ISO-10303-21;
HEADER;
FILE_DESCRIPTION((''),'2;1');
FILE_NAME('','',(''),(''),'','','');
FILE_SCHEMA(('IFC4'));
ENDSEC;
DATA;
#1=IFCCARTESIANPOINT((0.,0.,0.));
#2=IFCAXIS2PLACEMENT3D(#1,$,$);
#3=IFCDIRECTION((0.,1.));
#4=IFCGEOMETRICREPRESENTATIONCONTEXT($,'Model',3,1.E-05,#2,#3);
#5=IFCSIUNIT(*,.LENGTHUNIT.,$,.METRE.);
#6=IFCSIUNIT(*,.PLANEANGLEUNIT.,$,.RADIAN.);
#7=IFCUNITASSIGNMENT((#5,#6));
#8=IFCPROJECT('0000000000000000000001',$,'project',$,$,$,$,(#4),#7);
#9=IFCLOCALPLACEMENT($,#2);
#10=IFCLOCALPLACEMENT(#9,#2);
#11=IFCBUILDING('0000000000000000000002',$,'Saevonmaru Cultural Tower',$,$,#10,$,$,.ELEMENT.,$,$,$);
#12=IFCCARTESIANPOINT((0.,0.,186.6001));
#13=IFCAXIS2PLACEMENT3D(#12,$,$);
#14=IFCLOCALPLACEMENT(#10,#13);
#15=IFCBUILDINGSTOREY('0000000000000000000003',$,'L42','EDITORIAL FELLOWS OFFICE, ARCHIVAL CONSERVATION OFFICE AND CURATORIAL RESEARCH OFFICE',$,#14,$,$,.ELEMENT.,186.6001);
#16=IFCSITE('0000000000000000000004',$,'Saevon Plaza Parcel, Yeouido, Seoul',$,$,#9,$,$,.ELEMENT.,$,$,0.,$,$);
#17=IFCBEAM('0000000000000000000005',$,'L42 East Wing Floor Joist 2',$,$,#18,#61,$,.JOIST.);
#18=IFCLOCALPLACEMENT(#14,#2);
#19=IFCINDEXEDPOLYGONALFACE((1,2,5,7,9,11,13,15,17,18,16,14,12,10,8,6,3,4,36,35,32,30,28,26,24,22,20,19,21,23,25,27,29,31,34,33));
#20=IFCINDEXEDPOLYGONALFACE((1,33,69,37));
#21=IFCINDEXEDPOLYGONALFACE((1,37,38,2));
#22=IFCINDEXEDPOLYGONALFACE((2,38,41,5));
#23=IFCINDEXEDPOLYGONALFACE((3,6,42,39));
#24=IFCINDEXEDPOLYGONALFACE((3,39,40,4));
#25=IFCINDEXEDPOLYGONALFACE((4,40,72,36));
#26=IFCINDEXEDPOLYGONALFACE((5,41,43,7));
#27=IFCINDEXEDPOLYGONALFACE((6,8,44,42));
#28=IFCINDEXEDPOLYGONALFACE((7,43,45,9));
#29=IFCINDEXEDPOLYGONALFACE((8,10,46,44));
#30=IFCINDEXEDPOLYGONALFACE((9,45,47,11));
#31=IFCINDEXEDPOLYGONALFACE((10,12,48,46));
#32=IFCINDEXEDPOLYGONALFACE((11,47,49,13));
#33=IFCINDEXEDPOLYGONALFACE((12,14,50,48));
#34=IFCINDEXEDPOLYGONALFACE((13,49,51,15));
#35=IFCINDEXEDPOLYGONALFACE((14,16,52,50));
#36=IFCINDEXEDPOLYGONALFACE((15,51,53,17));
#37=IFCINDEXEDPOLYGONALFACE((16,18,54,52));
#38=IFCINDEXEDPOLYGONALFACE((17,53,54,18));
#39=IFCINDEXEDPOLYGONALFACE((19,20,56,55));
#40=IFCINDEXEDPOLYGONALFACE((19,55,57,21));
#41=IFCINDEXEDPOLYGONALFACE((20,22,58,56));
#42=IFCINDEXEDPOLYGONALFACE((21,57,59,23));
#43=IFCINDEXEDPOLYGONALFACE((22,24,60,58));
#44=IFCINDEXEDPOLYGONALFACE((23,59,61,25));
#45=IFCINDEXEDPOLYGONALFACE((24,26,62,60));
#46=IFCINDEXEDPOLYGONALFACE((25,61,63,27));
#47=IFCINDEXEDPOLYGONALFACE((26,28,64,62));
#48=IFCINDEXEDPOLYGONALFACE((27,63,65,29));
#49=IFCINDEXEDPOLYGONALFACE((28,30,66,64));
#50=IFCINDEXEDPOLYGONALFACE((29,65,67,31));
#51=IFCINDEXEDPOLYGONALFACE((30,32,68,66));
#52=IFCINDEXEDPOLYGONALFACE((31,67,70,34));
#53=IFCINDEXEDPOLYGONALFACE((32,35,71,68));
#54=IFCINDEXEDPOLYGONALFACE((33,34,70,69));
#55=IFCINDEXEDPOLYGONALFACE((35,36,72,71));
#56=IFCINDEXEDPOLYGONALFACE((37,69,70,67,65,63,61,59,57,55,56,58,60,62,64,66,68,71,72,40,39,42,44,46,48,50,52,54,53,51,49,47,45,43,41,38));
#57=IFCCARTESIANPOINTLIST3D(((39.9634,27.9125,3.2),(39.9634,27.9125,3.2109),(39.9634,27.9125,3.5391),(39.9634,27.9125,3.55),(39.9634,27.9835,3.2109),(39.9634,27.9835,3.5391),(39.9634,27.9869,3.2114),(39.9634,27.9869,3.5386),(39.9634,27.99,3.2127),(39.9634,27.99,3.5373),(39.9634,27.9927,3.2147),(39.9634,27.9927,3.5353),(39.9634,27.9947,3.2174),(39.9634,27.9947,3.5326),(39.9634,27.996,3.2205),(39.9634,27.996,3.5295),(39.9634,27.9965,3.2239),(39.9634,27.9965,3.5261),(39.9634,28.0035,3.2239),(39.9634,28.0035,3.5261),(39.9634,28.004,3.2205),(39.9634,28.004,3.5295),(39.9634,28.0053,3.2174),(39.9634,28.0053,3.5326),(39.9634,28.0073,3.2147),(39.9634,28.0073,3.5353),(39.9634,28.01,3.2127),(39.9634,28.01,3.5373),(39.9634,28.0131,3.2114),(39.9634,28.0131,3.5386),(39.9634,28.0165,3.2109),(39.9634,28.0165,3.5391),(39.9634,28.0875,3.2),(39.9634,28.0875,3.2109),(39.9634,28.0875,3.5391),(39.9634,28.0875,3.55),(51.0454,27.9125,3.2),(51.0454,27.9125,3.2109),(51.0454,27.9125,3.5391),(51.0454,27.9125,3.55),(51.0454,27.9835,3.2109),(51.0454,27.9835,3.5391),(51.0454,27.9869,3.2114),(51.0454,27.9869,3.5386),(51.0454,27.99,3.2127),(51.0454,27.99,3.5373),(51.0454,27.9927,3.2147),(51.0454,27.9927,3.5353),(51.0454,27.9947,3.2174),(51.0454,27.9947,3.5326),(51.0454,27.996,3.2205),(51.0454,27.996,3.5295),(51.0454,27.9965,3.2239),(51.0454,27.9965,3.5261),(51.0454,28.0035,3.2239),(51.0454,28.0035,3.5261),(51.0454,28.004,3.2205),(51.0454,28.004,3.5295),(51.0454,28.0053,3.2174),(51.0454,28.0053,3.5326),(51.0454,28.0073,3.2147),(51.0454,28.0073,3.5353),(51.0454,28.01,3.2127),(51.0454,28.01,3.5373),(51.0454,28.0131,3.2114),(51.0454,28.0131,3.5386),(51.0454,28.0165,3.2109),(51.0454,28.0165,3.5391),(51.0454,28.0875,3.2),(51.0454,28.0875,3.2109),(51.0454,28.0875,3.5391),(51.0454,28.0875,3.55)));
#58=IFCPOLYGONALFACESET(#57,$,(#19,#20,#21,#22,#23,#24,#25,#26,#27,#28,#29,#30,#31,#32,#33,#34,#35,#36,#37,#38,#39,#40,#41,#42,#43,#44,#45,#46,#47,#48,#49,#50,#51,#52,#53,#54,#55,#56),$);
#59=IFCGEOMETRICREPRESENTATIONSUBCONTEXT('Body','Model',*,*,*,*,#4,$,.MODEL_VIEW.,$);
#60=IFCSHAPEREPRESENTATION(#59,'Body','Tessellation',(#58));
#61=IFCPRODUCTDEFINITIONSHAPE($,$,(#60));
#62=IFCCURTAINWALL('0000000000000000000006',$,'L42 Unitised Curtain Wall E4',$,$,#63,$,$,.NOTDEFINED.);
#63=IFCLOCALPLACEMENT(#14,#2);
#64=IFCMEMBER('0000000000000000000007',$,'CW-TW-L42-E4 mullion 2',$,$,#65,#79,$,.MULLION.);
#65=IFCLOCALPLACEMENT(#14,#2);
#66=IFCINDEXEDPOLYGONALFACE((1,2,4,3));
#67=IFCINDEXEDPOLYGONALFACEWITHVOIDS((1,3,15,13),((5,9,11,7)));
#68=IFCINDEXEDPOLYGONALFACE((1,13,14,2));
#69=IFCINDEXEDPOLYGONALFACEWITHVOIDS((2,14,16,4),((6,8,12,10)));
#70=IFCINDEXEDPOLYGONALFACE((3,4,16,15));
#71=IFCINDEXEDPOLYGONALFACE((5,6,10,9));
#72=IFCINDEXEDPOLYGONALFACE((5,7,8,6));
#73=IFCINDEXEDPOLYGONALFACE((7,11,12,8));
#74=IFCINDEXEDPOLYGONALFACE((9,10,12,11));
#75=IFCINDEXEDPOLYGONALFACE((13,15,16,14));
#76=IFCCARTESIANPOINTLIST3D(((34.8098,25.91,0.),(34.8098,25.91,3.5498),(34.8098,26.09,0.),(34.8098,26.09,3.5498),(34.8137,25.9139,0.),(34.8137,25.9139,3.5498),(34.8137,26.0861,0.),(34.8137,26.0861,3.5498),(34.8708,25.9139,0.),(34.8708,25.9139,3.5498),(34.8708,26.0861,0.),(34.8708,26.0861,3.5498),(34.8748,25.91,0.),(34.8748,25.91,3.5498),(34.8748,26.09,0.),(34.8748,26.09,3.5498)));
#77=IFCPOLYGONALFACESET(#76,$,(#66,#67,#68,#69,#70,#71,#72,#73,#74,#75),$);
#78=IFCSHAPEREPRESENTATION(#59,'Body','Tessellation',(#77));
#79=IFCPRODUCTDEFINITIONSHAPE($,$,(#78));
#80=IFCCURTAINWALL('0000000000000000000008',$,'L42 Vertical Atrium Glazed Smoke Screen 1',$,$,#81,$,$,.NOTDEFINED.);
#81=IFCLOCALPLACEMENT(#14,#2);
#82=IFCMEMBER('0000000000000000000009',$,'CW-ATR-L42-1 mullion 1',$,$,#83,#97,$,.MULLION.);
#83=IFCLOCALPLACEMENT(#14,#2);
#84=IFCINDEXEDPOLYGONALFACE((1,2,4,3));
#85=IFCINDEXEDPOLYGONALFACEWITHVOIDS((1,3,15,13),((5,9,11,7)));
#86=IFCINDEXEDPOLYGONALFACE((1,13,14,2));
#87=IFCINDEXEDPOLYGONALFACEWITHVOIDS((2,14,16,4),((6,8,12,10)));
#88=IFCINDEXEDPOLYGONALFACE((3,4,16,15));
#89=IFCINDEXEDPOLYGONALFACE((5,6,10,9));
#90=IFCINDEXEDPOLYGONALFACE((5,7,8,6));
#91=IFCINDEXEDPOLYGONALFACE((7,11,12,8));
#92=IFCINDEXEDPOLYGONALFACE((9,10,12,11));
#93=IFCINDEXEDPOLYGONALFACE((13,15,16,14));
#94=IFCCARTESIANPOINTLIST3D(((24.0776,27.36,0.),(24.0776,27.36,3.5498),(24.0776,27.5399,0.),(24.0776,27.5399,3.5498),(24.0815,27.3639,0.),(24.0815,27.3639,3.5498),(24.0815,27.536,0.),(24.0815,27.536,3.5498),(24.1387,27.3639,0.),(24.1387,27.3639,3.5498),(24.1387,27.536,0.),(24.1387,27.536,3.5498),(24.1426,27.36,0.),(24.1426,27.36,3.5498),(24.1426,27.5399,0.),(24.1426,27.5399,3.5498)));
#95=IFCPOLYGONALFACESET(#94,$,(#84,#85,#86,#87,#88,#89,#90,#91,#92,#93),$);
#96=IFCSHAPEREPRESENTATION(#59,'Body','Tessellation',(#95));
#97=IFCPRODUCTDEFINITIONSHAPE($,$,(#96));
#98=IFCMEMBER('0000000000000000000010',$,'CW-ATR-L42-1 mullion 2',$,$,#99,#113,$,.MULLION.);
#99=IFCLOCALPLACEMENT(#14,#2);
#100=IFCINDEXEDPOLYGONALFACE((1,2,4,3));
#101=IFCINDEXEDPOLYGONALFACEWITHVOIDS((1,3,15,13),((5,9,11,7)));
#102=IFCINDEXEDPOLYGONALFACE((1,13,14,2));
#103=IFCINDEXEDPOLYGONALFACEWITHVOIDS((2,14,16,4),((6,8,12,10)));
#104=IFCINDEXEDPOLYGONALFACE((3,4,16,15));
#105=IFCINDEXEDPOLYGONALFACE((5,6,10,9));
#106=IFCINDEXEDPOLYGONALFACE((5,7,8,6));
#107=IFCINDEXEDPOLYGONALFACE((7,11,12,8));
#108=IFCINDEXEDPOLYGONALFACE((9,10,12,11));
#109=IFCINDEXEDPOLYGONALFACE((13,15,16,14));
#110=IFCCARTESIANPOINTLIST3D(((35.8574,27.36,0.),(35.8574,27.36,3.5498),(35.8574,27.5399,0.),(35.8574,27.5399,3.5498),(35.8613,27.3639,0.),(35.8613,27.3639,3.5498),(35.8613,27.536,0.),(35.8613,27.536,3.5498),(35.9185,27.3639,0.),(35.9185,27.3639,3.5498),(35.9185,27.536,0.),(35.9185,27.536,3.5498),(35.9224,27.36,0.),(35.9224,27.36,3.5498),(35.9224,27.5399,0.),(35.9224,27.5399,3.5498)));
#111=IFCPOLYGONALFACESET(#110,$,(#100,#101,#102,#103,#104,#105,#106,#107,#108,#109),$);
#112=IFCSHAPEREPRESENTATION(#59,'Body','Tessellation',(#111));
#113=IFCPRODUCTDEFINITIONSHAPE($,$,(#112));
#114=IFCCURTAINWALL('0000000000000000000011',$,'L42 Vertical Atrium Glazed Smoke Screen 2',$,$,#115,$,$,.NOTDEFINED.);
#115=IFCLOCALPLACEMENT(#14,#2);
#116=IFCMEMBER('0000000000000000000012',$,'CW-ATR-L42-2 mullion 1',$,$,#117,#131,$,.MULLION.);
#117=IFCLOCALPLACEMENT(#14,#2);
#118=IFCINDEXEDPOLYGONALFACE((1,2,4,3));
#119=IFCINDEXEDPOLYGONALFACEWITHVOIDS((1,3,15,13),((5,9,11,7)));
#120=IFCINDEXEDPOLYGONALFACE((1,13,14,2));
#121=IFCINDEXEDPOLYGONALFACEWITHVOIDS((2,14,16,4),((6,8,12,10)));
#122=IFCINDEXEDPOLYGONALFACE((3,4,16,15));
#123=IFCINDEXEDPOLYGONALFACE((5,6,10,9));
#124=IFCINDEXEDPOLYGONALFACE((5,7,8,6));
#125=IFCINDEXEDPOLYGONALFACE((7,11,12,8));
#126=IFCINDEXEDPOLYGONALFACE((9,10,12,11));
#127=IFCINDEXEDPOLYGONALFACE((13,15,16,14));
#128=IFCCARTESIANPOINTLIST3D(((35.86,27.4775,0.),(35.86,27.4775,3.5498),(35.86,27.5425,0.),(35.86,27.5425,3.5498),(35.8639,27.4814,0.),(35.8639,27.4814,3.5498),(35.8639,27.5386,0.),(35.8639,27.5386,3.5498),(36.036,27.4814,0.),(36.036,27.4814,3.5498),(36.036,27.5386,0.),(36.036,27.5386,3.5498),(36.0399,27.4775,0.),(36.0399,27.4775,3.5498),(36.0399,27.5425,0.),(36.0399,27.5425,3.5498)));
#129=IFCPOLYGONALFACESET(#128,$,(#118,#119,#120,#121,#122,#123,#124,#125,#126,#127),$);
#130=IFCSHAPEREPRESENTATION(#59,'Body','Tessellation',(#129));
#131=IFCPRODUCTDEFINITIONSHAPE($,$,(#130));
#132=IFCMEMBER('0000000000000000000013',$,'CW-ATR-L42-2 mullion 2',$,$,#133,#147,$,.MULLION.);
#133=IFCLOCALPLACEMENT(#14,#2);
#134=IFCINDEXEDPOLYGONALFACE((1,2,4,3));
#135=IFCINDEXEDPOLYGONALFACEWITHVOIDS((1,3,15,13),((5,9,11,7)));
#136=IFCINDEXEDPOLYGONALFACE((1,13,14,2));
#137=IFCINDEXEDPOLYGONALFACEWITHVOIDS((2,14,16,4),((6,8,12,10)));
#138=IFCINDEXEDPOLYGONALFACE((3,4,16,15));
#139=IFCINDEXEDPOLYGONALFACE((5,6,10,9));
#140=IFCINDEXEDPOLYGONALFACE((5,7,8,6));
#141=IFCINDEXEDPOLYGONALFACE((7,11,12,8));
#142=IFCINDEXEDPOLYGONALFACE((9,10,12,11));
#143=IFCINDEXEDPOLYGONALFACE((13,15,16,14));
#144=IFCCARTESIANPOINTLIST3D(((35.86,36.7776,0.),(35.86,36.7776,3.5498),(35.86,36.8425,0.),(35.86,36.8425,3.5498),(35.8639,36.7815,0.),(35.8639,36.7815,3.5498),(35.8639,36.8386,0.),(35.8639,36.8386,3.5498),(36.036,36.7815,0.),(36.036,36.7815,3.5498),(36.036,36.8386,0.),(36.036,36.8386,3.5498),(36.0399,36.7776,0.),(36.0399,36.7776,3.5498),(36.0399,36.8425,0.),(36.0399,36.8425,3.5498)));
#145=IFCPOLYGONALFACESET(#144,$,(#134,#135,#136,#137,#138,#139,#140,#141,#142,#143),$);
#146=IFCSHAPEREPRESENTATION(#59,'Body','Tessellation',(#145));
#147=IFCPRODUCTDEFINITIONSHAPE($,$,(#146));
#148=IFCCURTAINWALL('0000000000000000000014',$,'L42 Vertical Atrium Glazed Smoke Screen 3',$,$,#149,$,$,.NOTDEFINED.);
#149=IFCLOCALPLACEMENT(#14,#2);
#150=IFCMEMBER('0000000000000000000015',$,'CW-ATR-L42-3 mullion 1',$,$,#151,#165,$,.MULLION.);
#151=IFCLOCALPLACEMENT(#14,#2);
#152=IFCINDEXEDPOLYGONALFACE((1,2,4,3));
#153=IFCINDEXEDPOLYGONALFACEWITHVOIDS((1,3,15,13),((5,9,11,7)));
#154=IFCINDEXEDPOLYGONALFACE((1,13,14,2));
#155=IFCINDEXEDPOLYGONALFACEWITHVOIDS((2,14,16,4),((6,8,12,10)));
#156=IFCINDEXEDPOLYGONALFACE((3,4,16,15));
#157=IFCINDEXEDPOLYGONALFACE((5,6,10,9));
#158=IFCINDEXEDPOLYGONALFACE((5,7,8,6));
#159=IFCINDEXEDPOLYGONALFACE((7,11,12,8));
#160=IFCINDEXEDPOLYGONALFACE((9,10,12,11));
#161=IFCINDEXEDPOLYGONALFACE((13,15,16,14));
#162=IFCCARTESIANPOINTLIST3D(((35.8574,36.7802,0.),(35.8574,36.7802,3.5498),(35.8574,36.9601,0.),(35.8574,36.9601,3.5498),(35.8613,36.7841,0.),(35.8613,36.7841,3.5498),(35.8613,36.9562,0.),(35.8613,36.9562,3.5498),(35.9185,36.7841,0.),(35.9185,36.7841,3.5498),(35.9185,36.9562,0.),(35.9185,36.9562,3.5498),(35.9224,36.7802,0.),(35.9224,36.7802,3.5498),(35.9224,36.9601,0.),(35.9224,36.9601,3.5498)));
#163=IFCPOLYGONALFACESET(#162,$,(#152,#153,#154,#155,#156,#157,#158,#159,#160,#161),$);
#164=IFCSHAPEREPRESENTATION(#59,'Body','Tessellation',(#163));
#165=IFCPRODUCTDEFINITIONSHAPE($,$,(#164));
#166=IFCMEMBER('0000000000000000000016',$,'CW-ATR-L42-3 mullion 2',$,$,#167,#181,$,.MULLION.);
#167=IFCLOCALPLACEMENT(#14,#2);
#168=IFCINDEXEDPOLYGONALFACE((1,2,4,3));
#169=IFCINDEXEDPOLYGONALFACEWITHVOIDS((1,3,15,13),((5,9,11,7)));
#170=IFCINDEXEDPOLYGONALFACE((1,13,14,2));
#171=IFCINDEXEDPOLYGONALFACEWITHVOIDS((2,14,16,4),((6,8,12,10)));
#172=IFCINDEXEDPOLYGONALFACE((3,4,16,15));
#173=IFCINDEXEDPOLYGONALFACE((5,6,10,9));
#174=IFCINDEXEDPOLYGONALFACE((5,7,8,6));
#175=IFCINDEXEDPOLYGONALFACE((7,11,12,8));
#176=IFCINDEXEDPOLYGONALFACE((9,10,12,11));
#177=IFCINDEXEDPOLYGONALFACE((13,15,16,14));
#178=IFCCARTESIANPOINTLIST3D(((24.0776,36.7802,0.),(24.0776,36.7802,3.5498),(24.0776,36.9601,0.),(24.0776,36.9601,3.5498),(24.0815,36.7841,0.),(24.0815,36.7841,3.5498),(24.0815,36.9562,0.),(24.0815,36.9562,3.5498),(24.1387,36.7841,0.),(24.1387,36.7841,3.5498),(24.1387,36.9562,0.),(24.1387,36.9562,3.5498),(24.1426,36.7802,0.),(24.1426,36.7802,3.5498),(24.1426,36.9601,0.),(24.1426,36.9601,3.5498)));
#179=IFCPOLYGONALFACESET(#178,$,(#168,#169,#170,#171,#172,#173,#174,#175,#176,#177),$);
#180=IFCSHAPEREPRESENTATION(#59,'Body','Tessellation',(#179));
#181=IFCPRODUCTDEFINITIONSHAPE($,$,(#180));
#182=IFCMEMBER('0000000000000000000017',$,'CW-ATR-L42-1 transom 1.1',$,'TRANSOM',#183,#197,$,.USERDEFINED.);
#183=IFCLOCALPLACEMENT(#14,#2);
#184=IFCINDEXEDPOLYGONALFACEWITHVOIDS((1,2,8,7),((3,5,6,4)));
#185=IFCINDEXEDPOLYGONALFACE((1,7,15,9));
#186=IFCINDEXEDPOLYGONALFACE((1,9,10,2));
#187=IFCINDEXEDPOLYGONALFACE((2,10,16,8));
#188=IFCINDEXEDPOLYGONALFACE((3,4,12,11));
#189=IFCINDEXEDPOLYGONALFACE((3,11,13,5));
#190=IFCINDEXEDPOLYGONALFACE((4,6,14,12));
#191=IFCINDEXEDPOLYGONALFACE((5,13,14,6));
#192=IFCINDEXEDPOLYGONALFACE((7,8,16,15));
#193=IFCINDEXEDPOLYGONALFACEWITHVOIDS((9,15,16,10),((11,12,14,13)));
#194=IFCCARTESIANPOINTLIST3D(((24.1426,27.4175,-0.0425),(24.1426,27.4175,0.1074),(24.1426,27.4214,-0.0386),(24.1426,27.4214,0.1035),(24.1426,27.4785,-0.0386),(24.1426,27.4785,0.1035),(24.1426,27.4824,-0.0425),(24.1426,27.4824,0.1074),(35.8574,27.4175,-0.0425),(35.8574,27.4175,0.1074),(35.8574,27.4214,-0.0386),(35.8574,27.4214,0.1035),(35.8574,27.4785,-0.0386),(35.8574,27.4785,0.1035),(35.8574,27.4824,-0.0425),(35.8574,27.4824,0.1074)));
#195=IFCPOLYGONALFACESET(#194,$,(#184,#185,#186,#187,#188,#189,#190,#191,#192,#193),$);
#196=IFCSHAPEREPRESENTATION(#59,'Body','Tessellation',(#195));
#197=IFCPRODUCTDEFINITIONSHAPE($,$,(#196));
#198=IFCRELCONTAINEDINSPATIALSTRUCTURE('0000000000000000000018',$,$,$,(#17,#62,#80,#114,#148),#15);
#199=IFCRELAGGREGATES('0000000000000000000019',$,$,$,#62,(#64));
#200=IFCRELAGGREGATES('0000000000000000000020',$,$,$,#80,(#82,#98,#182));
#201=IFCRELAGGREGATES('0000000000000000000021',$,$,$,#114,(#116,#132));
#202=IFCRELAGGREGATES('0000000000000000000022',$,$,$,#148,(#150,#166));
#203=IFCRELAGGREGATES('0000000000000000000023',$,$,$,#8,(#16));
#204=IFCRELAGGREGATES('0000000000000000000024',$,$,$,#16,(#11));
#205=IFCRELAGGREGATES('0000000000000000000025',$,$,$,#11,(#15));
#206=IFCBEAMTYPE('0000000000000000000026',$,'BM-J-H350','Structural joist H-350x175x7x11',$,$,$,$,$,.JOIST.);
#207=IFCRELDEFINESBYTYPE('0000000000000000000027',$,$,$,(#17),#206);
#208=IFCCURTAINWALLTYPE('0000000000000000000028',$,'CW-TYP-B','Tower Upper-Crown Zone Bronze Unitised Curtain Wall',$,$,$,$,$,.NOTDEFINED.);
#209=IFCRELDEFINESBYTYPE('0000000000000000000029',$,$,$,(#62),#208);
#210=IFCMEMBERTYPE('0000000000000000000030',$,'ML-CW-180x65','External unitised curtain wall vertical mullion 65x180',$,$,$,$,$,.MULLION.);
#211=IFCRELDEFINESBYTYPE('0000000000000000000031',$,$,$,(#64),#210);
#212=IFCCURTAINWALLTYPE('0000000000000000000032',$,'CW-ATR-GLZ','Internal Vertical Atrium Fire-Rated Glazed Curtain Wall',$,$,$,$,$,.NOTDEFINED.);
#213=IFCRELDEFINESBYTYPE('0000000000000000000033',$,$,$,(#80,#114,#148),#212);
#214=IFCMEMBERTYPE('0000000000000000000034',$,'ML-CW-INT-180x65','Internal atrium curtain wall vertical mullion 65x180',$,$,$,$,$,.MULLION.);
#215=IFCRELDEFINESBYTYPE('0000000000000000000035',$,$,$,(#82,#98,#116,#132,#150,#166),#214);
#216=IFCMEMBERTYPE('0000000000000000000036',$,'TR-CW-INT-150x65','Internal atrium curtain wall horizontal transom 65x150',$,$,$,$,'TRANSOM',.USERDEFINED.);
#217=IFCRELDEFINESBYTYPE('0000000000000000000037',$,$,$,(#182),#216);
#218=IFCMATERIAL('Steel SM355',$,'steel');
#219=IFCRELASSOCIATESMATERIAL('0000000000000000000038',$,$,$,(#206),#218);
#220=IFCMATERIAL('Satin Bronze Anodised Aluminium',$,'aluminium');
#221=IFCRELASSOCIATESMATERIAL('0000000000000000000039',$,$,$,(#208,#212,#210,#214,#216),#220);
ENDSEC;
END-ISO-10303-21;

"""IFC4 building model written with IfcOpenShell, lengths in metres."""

from ifc_helpers import new_model, si_unit, direction, frame, origin, origin_2d, place, context, subcontext, project, spatial, hollow_rectangle, i_section, extrude, material, material_profile, profile_set, type_object, element, aggregate, save


model = new_model("IFC4")

# Units and contexts
model_context = context("Model", 3, precision=1e-05, world=origin(), true_north=direction((0.0, 1.0)))
body_context = subcontext(model_context, "Body", "Model", "MODEL_VIEW")
ifc_project = project(units=[si_unit("LENGTHUNIT", "METRE"), si_unit("PLANEANGLEUNIT", "RADIAN")], contexts=[model_context])

# Site, building, storey
site_placement = place(None, origin())
site = spatial("IfcSite", under=ifc_project, at=site_placement, Name="Saevon Plaza Parcel, Yeouido, Seoul", CompositionType="ELEMENT", RefElevation=0.0)
building_placement = place(site_placement, origin())
building = spatial("IfcBuilding", under=site, at=building_placement, Name="Saevonmaru Cultural Tower", CompositionType="ELEMENT")
storey_placement = place(building_placement, frame((0.0, 0.0, 186.6001)))
storey = spatial("IfcBuildingStorey", under=building, at=storey_placement, Name="L42", Description="EDITORIAL FELLOWS OFFICE, ARCHIVAL CONSERVATION OFFICE AND CURATORIAL RESEARCH OFFICE", CompositionType="ELEMENT", Elevation=186.6001)

# Beam
ifc_material_1 = material(Name="Steel SM355", Category="steel")
ifc_material_profile_1 = material_profile(ifc_material_1, i_section(OverallWidth=0.175, OverallDepth=0.3501, WebThickness=0.0071, FlangeThickness=0.011, FilletRadius=0.0129, at=origin_2d()), Name="H-350x175x7x11")
ifc_profile_set_1 = profile_set([ifc_material_profile_1], Name="Steel SM355")
beam_type = type_object("IfcBeamType", Name="BM-J-H350", Description="Structural joist H-350x175x7x11", PredefinedType="JOIST", material=ifc_profile_set_1)
beam_placement = place(storey_placement, frame((39.9634, 28.0, 3.375), z_axis=(1.0, 0.0, 0.0), x_axis=(0.0, 1.0, 0.0)))
element("IfcBeam", 1, at=beam_placement, inside=storey, type_object=beam_type, Name="L42 East Wing Floor Joist 2", PredefinedType="JOIST", context=body_context, shape_type="SweptSolid", body=[
    extrude(i_section(OverallWidth=0.175, OverallDepth=0.3501, WebThickness=0.0071, FlangeThickness=0.011, FilletRadius=0.0129, at=origin_2d()), origin(), (0.0, 0.0, 1.0), 11.082),
])

# Curtain wall, member
ifc_material_2 = material(Name="Satin Bronze Anodised Aluminium", Category="aluminium")
curtain_wall_type_1 = type_object("IfcCurtainWallType", Name="CW-TYP-B", Description="Tower Upper-Crown Zone Bronze Unitised Curtain Wall", PredefinedType="NOTDEFINED", material=ifc_material_2)
curtain_wall_1_placement = place(storey_placement, origin())
curtain_wall_1 = element("IfcCurtainWall", 2, at=curtain_wall_1_placement, inside=storey, type_object=curtain_wall_type_1, Name="L42 Unitised Curtain Wall E4", PredefinedType="NOTDEFINED")
ifc_material_profile_2 = material_profile(ifc_material_2, hollow_rectangle(XDim=0.0649, YDim=0.1799, WallThickness=0.0039, at=origin_2d()), Name="ALU-MULL-180x65x4")
ifc_profile_set_2 = profile_set([ifc_material_profile_2], Name="Satin Bronze Anodised Aluminium")
member_type_1 = type_object("IfcMemberType", Name="ML-CW-180x65", Description="External unitised curtain wall vertical mullion 65x180", PredefinedType="MULLION", material=ifc_profile_set_2)
member_1_placement = place(storey_placement, frame((34.8423, 26.0, 0.0), z_axis=(0.0, 0.0, 1.0), x_axis=(1.0, 0.0, 0.0)))
member_1 = element("IfcMember", 3, at=member_1_placement, type_object=member_type_1, Name="CW-TW-L42-E4 mullion 2", PredefinedType="MULLION", context=body_context, shape_type="SweptSolid", body=[
    extrude(hollow_rectangle(XDim=0.0649, YDim=0.1799, WallThickness=0.0039, at=origin_2d()), origin(), (0.0, 0.0, 1.0), 3.5498),
])
aggregate(curtain_wall_1, [member_1])

# Curtain walls, members
curtain_wall_type_2 = type_object("IfcCurtainWallType", Name="CW-ATR-GLZ", Description="Internal Vertical Atrium Fire-Rated Glazed Curtain Wall", PredefinedType="NOTDEFINED", material=ifc_material_2)
curtain_wall_2_placement = place(storey_placement, origin())
curtain_wall_2 = element("IfcCurtainWall", 4, at=curtain_wall_2_placement, inside=storey, type_object=curtain_wall_type_2, Name="L42 Vertical Atrium Glazed Smoke Screen 1", PredefinedType="NOTDEFINED")
ifc_material_profile_3 = material_profile(ifc_material_2, hollow_rectangle(XDim=0.0649, YDim=0.1799, WallThickness=0.0039, at=origin_2d()), Name="ALU-MULL-180x65x4")
ifc_profile_set_3 = profile_set([ifc_material_profile_3], Name="Satin Bronze Anodised Aluminium")
member_type_2 = type_object("IfcMemberType", Name="ML-CW-INT-180x65", Description="Internal atrium curtain wall vertical mullion 65x180", PredefinedType="MULLION", material=ifc_profile_set_3)
member_2_placement = place(storey_placement, frame((24.1101, 27.45, 0.0), z_axis=(0.0, 0.0, 1.0), x_axis=(1.0, 0.0, 0.0)))
member_2 = element("IfcMember", 5, at=member_2_placement, type_object=member_type_2, Name="CW-ATR-L42-1 mullion 1", PredefinedType="MULLION", context=body_context, shape_type="SweptSolid", body=[
    extrude(hollow_rectangle(XDim=0.0649, YDim=0.1799, WallThickness=0.0039, at=origin_2d()), origin(), (0.0, 0.0, 1.0), 3.5498),
])
member_3_placement = place(storey_placement, frame((35.8899, 27.45, 0.0), z_axis=(0.0, 0.0, 1.0), x_axis=(1.0, 0.0, 0.0)))
member_3 = element("IfcMember", 6, at=member_3_placement, type_object=member_type_2, Name="CW-ATR-L42-1 mullion 2", PredefinedType="MULLION", context=body_context, shape_type="SweptSolid", body=[
    extrude(hollow_rectangle(XDim=0.0649, YDim=0.1799, WallThickness=0.0039, at=origin_2d()), origin(), (0.0, 0.0, 1.0), 3.5498),
])
curtain_wall_3_placement = place(storey_placement, origin())
curtain_wall_3 = element("IfcCurtainWall", 7, at=curtain_wall_3_placement, inside=storey, type_object=curtain_wall_type_2, Name="L42 Vertical Atrium Glazed Smoke Screen 2", PredefinedType="NOTDEFINED")
member_4_placement = place(storey_placement, frame((35.95, 27.51, 0.0), z_axis=(0.0, 0.0, 1.0), x_axis=(0.0, 1.0, 0.0)))
member_4 = element("IfcMember", 8, at=member_4_placement, type_object=member_type_2, Name="CW-ATR-L42-2 mullion 1", PredefinedType="MULLION", context=body_context, shape_type="SweptSolid", body=[
    extrude(hollow_rectangle(XDim=0.0649, YDim=0.1799, WallThickness=0.0039, at=origin_2d()), origin(), (0.0, 0.0, 1.0), 3.5498),
])
member_5_placement = place(storey_placement, frame((35.95, 36.8101, 0.0), z_axis=(0.0, 0.0, 1.0), x_axis=(0.0, 1.0, 0.0)))
member_5 = element("IfcMember", 9, at=member_5_placement, type_object=member_type_2, Name="CW-ATR-L42-2 mullion 2", PredefinedType="MULLION", context=body_context, shape_type="SweptSolid", body=[
    extrude(hollow_rectangle(XDim=0.0649, YDim=0.1799, WallThickness=0.0039, at=origin_2d()), origin(), (0.0, 0.0, 1.0), 3.5498),
])
curtain_wall_4_placement = place(storey_placement, origin())
curtain_wall_4 = element("IfcCurtainWall", 10, at=curtain_wall_4_placement, inside=storey, type_object=curtain_wall_type_2, Name="L42 Vertical Atrium Glazed Smoke Screen 3", PredefinedType="NOTDEFINED")
member_6_placement = place(storey_placement, frame((35.8899, 36.8701, 0.0), z_axis=(0.0, 0.0, 1.0), x_axis=(-1.0, 0.0, 0.0)))
member_6 = element("IfcMember", 11, at=member_6_placement, type_object=member_type_2, Name="CW-ATR-L42-3 mullion 1", PredefinedType="MULLION", context=body_context, shape_type="SweptSolid", body=[
    extrude(hollow_rectangle(XDim=0.0649, YDim=0.1799, WallThickness=0.0039, at=origin_2d()), origin(), (0.0, 0.0, 1.0), 3.5498),
])
member_7_placement = place(storey_placement, frame((24.1101, 36.8701, 0.0), z_axis=(0.0, 0.0, 1.0), x_axis=(-1.0, 0.0, 0.0)))
member_7 = element("IfcMember", 12, at=member_7_placement, type_object=member_type_2, Name="CW-ATR-L42-3 mullion 2", PredefinedType="MULLION", context=body_context, shape_type="SweptSolid", body=[
    extrude(hollow_rectangle(XDim=0.0649, YDim=0.1799, WallThickness=0.0039, at=origin_2d()), origin(), (0.0, 0.0, 1.0), 3.5498),
])

# Member
ifc_material_profile_4 = material_profile(ifc_material_2, hollow_rectangle(XDim=0.0649, YDim=0.1499, WallThickness=0.0039, at=origin_2d()), Name="ALU-TRAN-150x65x4")
ifc_profile_set_4 = profile_set([ifc_material_profile_4], Name="Satin Bronze Anodised Aluminium")
member_type_3 = type_object("IfcMemberType", Name="TR-CW-INT-150x65", Description="Internal atrium curtain wall horizontal transom 65x150", ElementType="TRANSOM", PredefinedType="USERDEFINED", material=ifc_profile_set_4)
member_8_placement = place(storey_placement, frame((24.1426, 27.45, 0.0325), z_axis=(1.0, 0.0, 0.0), x_axis=(0.0, 1.0, 0.0)))
member_8 = element("IfcMember", 13, at=member_8_placement, type_object=member_type_3, Name="CW-ATR-L42-1 transom 1.1", ObjectType="TRANSOM", PredefinedType="USERDEFINED", context=body_context, shape_type="SweptSolid", body=[
    extrude(hollow_rectangle(XDim=0.0649, YDim=0.1499, WallThickness=0.0039, at=origin_2d()), origin(), (0.0, 0.0, 1.0), 11.7148),
])

aggregate(curtain_wall_2, [member_2, member_3, member_8])
aggregate(curtain_wall_3, [member_4, member_5])
aggregate(curtain_wall_4, [member_6, member_7])

save(model, "model.ifc")
